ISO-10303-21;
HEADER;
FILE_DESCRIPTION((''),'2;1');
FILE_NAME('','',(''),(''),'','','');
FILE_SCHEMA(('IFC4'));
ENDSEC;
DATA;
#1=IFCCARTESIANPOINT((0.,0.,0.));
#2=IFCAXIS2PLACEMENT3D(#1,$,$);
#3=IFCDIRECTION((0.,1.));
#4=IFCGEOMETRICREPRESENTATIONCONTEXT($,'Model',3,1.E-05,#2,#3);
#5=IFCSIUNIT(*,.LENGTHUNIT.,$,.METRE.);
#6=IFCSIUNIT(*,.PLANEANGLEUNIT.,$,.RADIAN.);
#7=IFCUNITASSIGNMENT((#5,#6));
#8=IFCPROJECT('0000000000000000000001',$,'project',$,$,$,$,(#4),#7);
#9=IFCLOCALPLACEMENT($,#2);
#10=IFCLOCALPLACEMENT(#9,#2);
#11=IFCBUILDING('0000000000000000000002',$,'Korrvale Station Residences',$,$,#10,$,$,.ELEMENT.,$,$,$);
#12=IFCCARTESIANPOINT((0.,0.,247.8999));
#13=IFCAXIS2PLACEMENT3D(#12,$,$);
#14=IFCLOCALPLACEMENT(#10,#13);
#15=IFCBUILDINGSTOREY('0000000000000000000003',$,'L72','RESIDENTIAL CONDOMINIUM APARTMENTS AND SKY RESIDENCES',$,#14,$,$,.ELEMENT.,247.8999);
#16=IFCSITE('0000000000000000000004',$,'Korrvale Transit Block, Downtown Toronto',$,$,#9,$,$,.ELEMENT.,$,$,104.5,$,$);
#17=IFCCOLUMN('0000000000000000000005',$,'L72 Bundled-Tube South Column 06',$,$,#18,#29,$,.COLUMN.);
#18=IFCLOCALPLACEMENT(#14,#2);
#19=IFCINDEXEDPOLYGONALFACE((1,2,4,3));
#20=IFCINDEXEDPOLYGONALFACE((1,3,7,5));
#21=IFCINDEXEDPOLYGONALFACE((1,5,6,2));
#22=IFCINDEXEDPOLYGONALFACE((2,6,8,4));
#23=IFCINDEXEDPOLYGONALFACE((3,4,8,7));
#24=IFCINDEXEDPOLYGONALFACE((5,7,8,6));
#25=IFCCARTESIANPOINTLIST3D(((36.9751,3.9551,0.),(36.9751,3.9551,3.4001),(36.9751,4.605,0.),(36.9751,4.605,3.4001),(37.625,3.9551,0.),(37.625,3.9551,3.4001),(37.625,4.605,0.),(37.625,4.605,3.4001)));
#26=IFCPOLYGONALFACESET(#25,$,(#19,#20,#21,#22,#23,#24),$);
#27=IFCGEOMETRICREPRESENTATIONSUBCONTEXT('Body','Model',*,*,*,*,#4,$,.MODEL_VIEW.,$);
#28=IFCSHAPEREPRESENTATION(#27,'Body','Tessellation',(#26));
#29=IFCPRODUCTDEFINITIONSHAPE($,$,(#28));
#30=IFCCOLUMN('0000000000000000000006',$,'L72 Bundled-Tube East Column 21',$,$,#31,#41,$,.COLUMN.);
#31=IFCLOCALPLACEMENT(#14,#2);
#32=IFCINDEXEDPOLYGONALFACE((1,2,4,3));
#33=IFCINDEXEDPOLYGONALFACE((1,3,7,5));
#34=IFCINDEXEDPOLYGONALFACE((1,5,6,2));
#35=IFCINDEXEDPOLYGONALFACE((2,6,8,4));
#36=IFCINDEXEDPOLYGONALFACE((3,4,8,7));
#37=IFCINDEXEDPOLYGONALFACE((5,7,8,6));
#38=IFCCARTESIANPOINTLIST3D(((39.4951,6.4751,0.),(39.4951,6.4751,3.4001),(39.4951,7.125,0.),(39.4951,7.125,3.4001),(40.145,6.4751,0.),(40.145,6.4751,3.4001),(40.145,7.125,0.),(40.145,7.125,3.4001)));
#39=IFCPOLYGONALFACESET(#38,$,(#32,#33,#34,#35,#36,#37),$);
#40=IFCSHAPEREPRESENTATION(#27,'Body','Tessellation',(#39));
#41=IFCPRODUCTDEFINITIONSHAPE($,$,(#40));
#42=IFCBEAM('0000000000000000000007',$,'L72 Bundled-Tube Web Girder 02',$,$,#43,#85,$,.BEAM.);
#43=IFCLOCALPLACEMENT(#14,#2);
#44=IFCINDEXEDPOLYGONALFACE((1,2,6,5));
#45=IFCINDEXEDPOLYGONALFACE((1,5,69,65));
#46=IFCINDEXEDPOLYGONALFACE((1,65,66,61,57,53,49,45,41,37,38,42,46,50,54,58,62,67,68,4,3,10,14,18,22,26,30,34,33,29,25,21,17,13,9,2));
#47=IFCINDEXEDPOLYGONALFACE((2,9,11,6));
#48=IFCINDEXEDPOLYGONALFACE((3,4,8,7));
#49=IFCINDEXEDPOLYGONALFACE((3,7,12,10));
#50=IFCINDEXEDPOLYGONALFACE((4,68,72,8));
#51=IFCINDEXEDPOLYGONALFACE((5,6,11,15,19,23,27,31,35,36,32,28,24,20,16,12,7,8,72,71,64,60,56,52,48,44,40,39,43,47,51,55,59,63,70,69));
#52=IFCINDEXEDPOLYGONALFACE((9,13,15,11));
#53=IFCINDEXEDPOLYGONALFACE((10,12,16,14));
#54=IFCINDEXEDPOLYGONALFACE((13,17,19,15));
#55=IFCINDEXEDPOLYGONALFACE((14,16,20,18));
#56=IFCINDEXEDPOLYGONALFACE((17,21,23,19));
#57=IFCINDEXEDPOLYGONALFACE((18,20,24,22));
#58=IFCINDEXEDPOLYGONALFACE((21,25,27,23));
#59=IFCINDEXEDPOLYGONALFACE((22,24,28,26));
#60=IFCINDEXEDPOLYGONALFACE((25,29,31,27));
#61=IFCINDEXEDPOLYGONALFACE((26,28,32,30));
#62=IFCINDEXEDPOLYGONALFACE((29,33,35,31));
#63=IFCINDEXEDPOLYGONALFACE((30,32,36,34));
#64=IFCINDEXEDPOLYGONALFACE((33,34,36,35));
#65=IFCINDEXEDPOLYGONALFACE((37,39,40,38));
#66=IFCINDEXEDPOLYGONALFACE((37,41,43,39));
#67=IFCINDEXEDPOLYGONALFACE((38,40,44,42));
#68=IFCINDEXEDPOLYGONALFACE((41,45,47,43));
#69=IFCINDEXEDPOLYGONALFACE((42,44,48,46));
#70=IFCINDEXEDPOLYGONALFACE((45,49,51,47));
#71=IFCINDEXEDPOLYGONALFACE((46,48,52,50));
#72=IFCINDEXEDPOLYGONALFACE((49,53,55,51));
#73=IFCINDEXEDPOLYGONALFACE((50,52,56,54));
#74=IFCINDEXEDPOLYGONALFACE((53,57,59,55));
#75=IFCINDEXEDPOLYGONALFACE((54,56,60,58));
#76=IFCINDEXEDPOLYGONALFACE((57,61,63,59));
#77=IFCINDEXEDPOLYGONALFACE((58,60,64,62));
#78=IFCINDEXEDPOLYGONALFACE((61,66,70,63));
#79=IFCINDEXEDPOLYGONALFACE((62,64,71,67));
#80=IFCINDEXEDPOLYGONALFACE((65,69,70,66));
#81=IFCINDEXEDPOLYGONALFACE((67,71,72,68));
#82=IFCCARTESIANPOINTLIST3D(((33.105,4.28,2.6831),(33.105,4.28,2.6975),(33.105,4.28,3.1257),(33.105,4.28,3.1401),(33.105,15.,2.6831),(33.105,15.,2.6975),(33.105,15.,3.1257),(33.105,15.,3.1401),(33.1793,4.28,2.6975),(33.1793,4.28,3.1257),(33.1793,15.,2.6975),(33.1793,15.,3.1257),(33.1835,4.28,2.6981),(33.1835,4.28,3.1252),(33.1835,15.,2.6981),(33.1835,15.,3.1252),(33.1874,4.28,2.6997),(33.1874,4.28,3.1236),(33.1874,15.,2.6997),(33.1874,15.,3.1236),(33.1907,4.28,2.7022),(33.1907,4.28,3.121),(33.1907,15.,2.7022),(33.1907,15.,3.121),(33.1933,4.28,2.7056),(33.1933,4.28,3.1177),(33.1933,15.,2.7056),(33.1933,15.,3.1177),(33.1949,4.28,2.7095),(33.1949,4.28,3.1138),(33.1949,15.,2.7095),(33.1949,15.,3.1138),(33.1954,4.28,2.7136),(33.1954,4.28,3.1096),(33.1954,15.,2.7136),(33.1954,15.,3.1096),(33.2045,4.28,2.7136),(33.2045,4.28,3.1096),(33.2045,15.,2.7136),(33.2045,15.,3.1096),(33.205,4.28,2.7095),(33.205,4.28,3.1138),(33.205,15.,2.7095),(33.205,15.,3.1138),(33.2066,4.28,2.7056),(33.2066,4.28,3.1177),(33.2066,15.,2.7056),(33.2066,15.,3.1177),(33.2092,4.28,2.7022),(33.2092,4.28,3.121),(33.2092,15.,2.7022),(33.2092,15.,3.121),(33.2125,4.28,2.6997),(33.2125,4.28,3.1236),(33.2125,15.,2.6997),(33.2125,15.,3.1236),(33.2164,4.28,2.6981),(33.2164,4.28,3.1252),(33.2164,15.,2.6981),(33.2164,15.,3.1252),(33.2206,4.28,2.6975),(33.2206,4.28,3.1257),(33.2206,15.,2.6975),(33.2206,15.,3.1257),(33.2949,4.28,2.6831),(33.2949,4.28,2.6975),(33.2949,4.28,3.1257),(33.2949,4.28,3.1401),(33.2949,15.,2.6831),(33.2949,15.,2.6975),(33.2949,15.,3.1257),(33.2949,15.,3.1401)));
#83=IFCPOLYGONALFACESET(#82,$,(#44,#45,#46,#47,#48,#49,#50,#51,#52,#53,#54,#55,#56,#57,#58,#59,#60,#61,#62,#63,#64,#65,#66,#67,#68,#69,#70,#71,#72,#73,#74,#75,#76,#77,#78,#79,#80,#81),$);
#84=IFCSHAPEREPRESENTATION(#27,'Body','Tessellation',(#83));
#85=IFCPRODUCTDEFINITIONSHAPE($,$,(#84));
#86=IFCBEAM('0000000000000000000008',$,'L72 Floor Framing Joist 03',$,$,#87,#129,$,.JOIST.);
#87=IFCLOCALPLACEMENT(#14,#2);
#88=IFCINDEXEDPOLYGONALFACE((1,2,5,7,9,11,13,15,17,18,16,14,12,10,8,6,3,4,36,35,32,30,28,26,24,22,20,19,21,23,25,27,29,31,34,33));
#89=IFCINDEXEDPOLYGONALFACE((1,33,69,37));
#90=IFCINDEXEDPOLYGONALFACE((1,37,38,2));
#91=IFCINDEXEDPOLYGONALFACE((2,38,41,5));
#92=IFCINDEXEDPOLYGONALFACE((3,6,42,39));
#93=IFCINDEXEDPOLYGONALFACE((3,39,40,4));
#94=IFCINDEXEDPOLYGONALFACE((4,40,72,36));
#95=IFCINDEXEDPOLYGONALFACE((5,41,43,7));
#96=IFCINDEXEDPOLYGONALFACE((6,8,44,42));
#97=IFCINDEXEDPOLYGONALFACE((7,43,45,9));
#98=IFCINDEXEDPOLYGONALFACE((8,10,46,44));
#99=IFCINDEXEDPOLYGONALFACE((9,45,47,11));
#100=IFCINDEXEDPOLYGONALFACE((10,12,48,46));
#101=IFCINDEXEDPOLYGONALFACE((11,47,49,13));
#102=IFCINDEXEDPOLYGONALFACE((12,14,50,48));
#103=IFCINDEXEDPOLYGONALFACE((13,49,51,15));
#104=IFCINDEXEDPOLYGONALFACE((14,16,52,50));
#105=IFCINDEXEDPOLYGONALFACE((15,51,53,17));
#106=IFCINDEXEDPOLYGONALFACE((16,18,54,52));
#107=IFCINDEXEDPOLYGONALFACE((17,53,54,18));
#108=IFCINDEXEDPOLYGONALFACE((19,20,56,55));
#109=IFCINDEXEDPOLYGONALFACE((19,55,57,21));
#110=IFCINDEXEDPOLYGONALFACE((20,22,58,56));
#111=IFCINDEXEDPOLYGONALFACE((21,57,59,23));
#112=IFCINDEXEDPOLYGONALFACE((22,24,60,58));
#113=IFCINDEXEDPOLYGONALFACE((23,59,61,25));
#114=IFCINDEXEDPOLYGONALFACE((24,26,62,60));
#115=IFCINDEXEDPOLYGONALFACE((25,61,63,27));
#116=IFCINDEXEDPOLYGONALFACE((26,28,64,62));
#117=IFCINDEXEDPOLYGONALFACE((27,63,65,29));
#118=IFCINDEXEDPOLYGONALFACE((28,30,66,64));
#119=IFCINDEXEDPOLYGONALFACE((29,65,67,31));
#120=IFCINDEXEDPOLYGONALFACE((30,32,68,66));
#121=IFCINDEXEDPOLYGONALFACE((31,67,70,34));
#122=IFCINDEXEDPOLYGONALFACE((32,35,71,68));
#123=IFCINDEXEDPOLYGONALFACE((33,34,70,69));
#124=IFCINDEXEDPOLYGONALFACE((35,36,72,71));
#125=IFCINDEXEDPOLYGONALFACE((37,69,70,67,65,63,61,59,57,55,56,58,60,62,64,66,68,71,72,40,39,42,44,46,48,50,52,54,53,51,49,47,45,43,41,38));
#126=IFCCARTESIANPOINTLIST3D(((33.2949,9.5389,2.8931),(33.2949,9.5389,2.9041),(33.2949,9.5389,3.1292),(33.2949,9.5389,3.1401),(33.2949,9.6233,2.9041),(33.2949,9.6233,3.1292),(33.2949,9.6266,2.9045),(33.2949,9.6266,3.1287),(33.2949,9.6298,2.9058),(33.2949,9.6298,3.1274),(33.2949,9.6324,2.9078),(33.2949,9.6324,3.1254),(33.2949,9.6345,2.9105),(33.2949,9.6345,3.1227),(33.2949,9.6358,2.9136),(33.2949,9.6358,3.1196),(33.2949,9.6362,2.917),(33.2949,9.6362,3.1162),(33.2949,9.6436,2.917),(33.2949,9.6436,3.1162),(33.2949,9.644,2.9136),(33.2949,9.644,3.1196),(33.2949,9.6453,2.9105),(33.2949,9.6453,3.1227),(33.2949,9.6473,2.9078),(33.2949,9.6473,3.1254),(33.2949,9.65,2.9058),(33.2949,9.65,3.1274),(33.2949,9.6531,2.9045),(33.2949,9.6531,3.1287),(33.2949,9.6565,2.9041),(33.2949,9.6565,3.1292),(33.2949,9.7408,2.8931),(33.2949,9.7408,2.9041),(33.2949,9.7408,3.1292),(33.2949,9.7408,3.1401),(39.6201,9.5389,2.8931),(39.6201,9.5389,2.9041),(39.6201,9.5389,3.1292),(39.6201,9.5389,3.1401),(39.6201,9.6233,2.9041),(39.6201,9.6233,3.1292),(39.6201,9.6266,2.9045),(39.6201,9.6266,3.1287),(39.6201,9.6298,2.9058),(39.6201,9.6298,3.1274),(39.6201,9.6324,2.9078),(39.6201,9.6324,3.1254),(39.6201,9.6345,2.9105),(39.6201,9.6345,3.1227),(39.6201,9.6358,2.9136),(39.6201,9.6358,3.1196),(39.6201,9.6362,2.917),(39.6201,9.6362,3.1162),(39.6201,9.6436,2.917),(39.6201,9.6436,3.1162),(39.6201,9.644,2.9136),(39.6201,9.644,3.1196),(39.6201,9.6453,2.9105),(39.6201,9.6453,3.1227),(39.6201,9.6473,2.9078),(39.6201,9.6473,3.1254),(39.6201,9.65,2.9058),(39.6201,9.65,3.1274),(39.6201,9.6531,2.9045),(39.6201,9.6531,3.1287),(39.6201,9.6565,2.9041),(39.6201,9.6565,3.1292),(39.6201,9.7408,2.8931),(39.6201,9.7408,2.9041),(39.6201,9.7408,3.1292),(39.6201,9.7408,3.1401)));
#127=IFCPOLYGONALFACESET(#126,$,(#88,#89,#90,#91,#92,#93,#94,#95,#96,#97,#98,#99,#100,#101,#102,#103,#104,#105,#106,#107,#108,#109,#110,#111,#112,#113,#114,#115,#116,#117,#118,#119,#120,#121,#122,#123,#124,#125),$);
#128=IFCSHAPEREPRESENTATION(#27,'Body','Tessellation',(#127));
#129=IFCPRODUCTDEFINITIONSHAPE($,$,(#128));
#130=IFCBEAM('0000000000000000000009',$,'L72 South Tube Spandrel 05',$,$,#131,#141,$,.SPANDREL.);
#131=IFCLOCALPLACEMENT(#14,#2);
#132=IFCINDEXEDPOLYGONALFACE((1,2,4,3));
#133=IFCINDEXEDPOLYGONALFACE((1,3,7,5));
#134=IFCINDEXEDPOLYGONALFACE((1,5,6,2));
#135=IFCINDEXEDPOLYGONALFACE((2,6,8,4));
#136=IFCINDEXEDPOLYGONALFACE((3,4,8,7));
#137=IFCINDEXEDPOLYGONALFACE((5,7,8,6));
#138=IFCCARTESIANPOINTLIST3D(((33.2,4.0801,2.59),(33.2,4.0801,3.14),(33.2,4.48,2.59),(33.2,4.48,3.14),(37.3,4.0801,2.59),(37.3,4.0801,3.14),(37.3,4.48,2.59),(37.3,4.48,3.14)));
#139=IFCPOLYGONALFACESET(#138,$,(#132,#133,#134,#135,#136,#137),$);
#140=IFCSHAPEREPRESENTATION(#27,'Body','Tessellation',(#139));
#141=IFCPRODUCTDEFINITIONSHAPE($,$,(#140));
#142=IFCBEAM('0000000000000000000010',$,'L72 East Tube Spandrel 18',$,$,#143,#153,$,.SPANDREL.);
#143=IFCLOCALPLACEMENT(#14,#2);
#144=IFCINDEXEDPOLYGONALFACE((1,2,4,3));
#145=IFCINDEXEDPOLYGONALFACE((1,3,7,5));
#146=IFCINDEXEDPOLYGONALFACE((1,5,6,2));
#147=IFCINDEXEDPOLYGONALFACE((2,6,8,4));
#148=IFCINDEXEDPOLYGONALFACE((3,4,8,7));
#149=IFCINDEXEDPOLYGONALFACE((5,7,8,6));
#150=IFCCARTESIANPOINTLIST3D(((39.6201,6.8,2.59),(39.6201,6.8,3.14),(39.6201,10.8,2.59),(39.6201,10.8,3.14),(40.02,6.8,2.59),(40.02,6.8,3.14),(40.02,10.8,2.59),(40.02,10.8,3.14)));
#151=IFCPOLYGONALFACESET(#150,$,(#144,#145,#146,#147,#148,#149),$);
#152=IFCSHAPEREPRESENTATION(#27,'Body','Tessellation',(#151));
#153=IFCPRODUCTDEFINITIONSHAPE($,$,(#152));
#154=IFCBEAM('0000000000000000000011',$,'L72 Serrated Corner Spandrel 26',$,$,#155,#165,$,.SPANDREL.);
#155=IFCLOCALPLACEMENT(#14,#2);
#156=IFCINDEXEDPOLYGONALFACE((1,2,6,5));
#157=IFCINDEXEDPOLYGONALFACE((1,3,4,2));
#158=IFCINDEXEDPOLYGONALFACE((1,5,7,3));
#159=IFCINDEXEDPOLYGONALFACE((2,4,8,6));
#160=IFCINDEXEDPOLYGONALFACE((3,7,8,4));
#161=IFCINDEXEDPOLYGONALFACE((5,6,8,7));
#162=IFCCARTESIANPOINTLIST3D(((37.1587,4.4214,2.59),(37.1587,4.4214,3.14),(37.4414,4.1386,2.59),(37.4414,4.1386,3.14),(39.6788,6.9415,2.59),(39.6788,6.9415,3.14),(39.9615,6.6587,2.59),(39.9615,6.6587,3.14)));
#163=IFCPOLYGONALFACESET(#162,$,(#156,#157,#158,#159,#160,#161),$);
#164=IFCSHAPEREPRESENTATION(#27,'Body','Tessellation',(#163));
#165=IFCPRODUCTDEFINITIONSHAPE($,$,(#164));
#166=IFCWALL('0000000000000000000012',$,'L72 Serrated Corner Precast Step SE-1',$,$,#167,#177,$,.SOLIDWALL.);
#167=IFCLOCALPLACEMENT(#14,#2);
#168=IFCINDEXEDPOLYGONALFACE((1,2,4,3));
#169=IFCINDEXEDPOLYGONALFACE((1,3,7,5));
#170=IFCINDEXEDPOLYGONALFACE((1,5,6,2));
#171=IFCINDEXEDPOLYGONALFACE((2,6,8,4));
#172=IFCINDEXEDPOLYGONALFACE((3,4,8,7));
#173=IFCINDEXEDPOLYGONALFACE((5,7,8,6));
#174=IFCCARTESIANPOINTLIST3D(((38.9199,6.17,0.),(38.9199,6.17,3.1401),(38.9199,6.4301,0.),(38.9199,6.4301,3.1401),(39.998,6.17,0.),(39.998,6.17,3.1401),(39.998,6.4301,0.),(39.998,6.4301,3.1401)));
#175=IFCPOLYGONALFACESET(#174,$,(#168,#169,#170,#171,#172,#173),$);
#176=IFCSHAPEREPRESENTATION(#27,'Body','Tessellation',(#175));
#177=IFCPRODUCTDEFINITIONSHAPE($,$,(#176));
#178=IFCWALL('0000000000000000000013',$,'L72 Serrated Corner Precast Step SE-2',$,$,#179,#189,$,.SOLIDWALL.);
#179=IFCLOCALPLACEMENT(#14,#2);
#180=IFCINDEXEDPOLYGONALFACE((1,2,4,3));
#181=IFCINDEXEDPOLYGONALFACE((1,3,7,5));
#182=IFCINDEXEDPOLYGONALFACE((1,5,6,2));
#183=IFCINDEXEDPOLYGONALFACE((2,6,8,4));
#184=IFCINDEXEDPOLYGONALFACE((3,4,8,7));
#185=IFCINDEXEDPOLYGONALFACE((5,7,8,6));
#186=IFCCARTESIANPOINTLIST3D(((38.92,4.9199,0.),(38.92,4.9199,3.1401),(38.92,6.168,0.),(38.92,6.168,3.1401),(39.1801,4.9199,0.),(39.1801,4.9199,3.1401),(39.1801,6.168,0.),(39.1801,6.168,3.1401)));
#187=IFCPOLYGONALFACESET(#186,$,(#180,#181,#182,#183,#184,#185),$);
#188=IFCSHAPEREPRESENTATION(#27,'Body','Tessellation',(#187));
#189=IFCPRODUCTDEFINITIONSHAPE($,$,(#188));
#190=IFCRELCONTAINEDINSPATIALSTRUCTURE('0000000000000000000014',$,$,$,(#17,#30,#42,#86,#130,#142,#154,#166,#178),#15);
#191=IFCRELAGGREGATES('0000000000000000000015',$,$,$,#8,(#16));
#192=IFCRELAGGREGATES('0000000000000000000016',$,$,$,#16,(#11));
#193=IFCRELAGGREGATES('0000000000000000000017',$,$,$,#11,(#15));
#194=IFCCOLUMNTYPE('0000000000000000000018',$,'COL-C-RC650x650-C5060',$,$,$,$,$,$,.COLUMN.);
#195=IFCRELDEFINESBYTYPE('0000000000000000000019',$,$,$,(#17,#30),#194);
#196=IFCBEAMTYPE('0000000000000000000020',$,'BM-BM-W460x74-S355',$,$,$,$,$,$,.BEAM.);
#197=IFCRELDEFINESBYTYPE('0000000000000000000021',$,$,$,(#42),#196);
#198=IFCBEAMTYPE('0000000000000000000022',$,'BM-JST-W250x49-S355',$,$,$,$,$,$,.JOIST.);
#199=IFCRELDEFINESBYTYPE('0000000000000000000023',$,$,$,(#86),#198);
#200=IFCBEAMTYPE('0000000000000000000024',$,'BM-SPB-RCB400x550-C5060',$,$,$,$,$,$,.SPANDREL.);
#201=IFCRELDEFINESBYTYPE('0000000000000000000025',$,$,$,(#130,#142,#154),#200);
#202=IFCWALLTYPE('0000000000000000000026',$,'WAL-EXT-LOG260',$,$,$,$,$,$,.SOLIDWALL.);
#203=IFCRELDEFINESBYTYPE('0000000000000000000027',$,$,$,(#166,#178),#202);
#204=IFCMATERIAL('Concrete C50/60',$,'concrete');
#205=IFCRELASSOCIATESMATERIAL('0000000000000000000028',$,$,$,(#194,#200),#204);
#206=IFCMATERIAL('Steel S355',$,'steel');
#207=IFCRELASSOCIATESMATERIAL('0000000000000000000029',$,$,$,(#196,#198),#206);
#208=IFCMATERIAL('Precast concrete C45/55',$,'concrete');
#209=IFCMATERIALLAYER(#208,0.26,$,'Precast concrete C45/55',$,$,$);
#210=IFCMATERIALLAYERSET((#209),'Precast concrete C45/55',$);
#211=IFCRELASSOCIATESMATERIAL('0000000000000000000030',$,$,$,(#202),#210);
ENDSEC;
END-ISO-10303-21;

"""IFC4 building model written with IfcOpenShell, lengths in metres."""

from ifc_helpers import new_model, si_unit, direction, frame, frame_2d, origin, origin_2d, place, context, subcontext, project, spatial, rectangle, i_section, extrude, material, layer, layer_set, material_profile, profile_set, type_object, element, save


model = new_model("IFC4")

# Units and contexts
model_context = context("Model", 3, precision=1e-05, world=origin(), true_north=direction((0.0, 1.0)))
body_context = subcontext(model_context, "Body", "Model", "MODEL_VIEW")
ifc_project = project(units=[si_unit("LENGTHUNIT", "METRE"), si_unit("PLANEANGLEUNIT", "RADIAN")], contexts=[model_context])

# Site, building, storey
site_placement = place(None, origin())
site = spatial("IfcSite", under=ifc_project, at=site_placement, Name="Korrvale Transit Block, Downtown Toronto", CompositionType="ELEMENT", RefElevation=104.5)
building_placement = place(site_placement, origin())
building = spatial("IfcBuilding", under=site, at=building_placement, Name="Korrvale Station Residences", CompositionType="ELEMENT")
storey_placement = place(building_placement, frame((0.0, 0.0, 247.8999)))
storey = spatial("IfcBuildingStorey", under=building, at=storey_placement, Name="L72", Description="RESIDENTIAL CONDOMINIUM APARTMENTS AND SKY RESIDENCES", CompositionType="ELEMENT", Elevation=247.8999)

# Columns
ifc_material_1 = material(Name="Concrete C50/60", Category="concrete")
ifc_material_profile_1 = material_profile(ifc_material_1, rectangle(XDim=0.6499, YDim=0.6499, at=origin_2d()), Name="RC650x650")
ifc_profile_set_1 = profile_set([ifc_material_profile_1], Name="Concrete C50/60")
column_type = type_object("IfcColumnType", Name="COL-C-RC650x650-C5060", PredefinedType="COLUMN", material=ifc_profile_set_1)
for number, where, z_axis, x_axis, name in (
    (1, (37.3, 4.28, 0.0), (0.0, 0.0, 1.0), (1.0, 0.0, 0.0), "L72 Bundled-Tube South Column 06"),
    (2, (39.8201, 6.8, 0.0), (0.0, 0.0, 1.0), (1.0, 0.0, 0.0), "L72 Bundled-Tube East Column 21"),
):
    element("IfcColumn", number, at=place(storey_placement, frame(where, z_axis=z_axis, x_axis=x_axis)), inside=storey, type_object=column_type, Name=name, PredefinedType="COLUMN", context=body_context, shape_type="SweptSolid", body=[
        extrude(rectangle(XDim=0.6499, YDim=0.6499, at=origin_2d()), origin(), (0.0, 0.0, 1.0), 3.4001),
    ])

# Beams
ifc_material_2 = material(Name="Steel S355", Category="steel")
ifc_material_profile_2 = material_profile(ifc_material_2, i_section(OverallWidth=0.1899, OverallDepth=0.457, WebThickness=0.009, FlangeThickness=0.0144, FilletRadius=0.0161, at=origin_2d()), Name="W460x74")
ifc_profile_set_2 = profile_set([ifc_material_profile_2], Name="Steel S355")
beam_type_1 = type_object("IfcBeamType", Name="BM-BM-W460x74-S355", PredefinedType="BEAM", material=ifc_profile_set_2)
beam_1_placement = place(storey_placement, frame((33.2, 4.28, 2.9116), z_axis=(0.0, 1.0, 0.0), x_axis=(-1.0, 0.0, 0.0)))
element("IfcBeam", 3, at=beam_1_placement, inside=storey, type_object=beam_type_1, Name="L72 Bundled-Tube Web Girder 02", PredefinedType="BEAM", context=body_context, shape_type="SweptSolid", body=[
    extrude(i_section(OverallWidth=0.1899, OverallDepth=0.457, WebThickness=0.009, FlangeThickness=0.0144, FilletRadius=0.0161, at=origin_2d()), origin(), (0.0, 0.0, 1.0), 10.72),
])
ifc_material_profile_3 = material_profile(ifc_material_2, i_section(OverallWidth=0.2019, OverallDepth=0.2471, WebThickness=0.0073, FlangeThickness=0.011, FilletRadius=0.0129, at=origin_2d()), Name="W250x49")
ifc_profile_set_3 = profile_set([ifc_material_profile_3], Name="Steel S355")
beam_type_2 = type_object("IfcBeamType", Name="BM-JST-W250x49-S355", PredefinedType="JOIST", material=ifc_profile_set_3)
beam_2_placement = place(storey_placement, frame((33.2949, 9.6399, 3.0166), z_axis=(1.0, 0.0, 0.0), x_axis=(0.0, 1.0, 0.0)))
element("IfcBeam", 4, at=beam_2_placement, inside=storey, type_object=beam_type_2, Name="L72 Floor Framing Joist 03", PredefinedType="JOIST", context=body_context, shape_type="SweptSolid", body=[
    extrude(i_section(OverallWidth=0.2019, OverallDepth=0.2471, WebThickness=0.0073, FlangeThickness=0.011, FilletRadius=0.0129, at=origin_2d()), origin(), (0.0, 0.0, 1.0), 6.3252),
])
ifc_material_profile_4 = material_profile(ifc_material_1, rectangle(XDim=0.3999, YDim=0.55, at=origin_2d()), Name="RCB400x550")
ifc_profile_set_4 = profile_set([ifc_material_profile_4], Name="Concrete C50/60")
beam_type_3 = type_object("IfcBeamType", Name="BM-SPB-RCB400x550-C5060", PredefinedType="SPANDREL", material=ifc_profile_set_4)
beam_3_placement = place(storey_placement, frame((33.2, 4.28, 2.865), z_axis=(1.0, 0.0, 0.0), x_axis=(0.0, 1.0, 0.0)))
element("IfcBeam", 5, at=beam_3_placement, inside=storey, type_object=beam_type_3, Name="L72 South Tube Spandrel 05", PredefinedType="SPANDREL", context=body_context, shape_type="SweptSolid", body=[
    extrude(rectangle(XDim=0.3999, YDim=0.55, at=origin_2d()), origin(), (0.0, 0.0, 1.0), 4.1001),
])
beam_4_placement = place(storey_placement, frame((39.8201, 6.8, 2.865), z_axis=(0.0, 1.0, 0.0), x_axis=(-1.0, 0.0, 0.0)))
element("IfcBeam", 6, at=beam_4_placement, inside=storey, type_object=beam_type_3, Name="L72 East Tube Spandrel 18", PredefinedType="SPANDREL", context=body_context, shape_type="SweptSolid", body=[
    extrude(rectangle(XDim=0.3999, YDim=0.55, at=origin_2d()), origin(), (0.0, 0.0, 1.0), 4.0),
])
beam_5_placement = place(storey_placement, frame((37.3, 4.28, 2.865), z_axis=(0.707107, 0.707107, 0.0), x_axis=(-0.707107, 0.707107, 0.0)))
element("IfcBeam", 7, at=beam_5_placement, inside=storey, type_object=beam_type_3, Name="L72 Serrated Corner Spandrel 26", PredefinedType="SPANDREL", context=body_context, shape_type="SweptSolid", body=[
    extrude(rectangle(XDim=0.3999, YDim=0.55, at=origin_2d()), origin(), (0.0, 0.0, 1.0), 3.564),
])

# Walls
ifc_material_3 = material(Name="Precast concrete C45/55", Category="concrete")
ifc_layer_1 = layer(ifc_material_3, 0.26, Name="Precast concrete C45/55")
ifc_layer_set_1 = layer_set([ifc_layer_1], Name="Precast concrete C45/55")
wall_type_1 = type_object("IfcWallType", Name="WAL-EXT-LOG260", PredefinedType="SOLIDWALL", material=ifc_layer_set_1)
wall_1_placement = place(storey_placement, frame((39.998, 6.3, 0.0), z_axis=(0.0, 0.0, 1.0), x_axis=(-1.0, 0.0, 0.0)))
element("IfcWall", 8, at=wall_1_placement, inside=storey, type_object=wall_type_1, Name="L72 Serrated Corner Precast Step SE-1", PredefinedType="SOLIDWALL", context=body_context, shape_type="SweptSolid", body=[
    extrude(rectangle(XDim=1.0781, YDim=0.26, at=frame_2d((0.5391, 0.0))), origin(), (0.0, 0.0, 1.0), 3.1401),
])
wall_2_placement = place(storey_placement, frame((39.05, 6.168, 0.0), z_axis=(0.0, 0.0, 1.0), x_axis=(0.0, -1.0, 0.0)))
element("IfcWall", 9, at=wall_2_placement, inside=storey, type_object=wall_type_1, Name="L72 Serrated Corner Precast Step SE-2", PredefinedType="SOLIDWALL", context=body_context, shape_type="SweptSolid", body=[
    extrude(rectangle(XDim=1.248, YDim=0.26, at=frame_2d((0.624, 0.0))), origin(), (0.0, 0.0, 1.0), 3.1401),
])

save(model, "model.ifc")
